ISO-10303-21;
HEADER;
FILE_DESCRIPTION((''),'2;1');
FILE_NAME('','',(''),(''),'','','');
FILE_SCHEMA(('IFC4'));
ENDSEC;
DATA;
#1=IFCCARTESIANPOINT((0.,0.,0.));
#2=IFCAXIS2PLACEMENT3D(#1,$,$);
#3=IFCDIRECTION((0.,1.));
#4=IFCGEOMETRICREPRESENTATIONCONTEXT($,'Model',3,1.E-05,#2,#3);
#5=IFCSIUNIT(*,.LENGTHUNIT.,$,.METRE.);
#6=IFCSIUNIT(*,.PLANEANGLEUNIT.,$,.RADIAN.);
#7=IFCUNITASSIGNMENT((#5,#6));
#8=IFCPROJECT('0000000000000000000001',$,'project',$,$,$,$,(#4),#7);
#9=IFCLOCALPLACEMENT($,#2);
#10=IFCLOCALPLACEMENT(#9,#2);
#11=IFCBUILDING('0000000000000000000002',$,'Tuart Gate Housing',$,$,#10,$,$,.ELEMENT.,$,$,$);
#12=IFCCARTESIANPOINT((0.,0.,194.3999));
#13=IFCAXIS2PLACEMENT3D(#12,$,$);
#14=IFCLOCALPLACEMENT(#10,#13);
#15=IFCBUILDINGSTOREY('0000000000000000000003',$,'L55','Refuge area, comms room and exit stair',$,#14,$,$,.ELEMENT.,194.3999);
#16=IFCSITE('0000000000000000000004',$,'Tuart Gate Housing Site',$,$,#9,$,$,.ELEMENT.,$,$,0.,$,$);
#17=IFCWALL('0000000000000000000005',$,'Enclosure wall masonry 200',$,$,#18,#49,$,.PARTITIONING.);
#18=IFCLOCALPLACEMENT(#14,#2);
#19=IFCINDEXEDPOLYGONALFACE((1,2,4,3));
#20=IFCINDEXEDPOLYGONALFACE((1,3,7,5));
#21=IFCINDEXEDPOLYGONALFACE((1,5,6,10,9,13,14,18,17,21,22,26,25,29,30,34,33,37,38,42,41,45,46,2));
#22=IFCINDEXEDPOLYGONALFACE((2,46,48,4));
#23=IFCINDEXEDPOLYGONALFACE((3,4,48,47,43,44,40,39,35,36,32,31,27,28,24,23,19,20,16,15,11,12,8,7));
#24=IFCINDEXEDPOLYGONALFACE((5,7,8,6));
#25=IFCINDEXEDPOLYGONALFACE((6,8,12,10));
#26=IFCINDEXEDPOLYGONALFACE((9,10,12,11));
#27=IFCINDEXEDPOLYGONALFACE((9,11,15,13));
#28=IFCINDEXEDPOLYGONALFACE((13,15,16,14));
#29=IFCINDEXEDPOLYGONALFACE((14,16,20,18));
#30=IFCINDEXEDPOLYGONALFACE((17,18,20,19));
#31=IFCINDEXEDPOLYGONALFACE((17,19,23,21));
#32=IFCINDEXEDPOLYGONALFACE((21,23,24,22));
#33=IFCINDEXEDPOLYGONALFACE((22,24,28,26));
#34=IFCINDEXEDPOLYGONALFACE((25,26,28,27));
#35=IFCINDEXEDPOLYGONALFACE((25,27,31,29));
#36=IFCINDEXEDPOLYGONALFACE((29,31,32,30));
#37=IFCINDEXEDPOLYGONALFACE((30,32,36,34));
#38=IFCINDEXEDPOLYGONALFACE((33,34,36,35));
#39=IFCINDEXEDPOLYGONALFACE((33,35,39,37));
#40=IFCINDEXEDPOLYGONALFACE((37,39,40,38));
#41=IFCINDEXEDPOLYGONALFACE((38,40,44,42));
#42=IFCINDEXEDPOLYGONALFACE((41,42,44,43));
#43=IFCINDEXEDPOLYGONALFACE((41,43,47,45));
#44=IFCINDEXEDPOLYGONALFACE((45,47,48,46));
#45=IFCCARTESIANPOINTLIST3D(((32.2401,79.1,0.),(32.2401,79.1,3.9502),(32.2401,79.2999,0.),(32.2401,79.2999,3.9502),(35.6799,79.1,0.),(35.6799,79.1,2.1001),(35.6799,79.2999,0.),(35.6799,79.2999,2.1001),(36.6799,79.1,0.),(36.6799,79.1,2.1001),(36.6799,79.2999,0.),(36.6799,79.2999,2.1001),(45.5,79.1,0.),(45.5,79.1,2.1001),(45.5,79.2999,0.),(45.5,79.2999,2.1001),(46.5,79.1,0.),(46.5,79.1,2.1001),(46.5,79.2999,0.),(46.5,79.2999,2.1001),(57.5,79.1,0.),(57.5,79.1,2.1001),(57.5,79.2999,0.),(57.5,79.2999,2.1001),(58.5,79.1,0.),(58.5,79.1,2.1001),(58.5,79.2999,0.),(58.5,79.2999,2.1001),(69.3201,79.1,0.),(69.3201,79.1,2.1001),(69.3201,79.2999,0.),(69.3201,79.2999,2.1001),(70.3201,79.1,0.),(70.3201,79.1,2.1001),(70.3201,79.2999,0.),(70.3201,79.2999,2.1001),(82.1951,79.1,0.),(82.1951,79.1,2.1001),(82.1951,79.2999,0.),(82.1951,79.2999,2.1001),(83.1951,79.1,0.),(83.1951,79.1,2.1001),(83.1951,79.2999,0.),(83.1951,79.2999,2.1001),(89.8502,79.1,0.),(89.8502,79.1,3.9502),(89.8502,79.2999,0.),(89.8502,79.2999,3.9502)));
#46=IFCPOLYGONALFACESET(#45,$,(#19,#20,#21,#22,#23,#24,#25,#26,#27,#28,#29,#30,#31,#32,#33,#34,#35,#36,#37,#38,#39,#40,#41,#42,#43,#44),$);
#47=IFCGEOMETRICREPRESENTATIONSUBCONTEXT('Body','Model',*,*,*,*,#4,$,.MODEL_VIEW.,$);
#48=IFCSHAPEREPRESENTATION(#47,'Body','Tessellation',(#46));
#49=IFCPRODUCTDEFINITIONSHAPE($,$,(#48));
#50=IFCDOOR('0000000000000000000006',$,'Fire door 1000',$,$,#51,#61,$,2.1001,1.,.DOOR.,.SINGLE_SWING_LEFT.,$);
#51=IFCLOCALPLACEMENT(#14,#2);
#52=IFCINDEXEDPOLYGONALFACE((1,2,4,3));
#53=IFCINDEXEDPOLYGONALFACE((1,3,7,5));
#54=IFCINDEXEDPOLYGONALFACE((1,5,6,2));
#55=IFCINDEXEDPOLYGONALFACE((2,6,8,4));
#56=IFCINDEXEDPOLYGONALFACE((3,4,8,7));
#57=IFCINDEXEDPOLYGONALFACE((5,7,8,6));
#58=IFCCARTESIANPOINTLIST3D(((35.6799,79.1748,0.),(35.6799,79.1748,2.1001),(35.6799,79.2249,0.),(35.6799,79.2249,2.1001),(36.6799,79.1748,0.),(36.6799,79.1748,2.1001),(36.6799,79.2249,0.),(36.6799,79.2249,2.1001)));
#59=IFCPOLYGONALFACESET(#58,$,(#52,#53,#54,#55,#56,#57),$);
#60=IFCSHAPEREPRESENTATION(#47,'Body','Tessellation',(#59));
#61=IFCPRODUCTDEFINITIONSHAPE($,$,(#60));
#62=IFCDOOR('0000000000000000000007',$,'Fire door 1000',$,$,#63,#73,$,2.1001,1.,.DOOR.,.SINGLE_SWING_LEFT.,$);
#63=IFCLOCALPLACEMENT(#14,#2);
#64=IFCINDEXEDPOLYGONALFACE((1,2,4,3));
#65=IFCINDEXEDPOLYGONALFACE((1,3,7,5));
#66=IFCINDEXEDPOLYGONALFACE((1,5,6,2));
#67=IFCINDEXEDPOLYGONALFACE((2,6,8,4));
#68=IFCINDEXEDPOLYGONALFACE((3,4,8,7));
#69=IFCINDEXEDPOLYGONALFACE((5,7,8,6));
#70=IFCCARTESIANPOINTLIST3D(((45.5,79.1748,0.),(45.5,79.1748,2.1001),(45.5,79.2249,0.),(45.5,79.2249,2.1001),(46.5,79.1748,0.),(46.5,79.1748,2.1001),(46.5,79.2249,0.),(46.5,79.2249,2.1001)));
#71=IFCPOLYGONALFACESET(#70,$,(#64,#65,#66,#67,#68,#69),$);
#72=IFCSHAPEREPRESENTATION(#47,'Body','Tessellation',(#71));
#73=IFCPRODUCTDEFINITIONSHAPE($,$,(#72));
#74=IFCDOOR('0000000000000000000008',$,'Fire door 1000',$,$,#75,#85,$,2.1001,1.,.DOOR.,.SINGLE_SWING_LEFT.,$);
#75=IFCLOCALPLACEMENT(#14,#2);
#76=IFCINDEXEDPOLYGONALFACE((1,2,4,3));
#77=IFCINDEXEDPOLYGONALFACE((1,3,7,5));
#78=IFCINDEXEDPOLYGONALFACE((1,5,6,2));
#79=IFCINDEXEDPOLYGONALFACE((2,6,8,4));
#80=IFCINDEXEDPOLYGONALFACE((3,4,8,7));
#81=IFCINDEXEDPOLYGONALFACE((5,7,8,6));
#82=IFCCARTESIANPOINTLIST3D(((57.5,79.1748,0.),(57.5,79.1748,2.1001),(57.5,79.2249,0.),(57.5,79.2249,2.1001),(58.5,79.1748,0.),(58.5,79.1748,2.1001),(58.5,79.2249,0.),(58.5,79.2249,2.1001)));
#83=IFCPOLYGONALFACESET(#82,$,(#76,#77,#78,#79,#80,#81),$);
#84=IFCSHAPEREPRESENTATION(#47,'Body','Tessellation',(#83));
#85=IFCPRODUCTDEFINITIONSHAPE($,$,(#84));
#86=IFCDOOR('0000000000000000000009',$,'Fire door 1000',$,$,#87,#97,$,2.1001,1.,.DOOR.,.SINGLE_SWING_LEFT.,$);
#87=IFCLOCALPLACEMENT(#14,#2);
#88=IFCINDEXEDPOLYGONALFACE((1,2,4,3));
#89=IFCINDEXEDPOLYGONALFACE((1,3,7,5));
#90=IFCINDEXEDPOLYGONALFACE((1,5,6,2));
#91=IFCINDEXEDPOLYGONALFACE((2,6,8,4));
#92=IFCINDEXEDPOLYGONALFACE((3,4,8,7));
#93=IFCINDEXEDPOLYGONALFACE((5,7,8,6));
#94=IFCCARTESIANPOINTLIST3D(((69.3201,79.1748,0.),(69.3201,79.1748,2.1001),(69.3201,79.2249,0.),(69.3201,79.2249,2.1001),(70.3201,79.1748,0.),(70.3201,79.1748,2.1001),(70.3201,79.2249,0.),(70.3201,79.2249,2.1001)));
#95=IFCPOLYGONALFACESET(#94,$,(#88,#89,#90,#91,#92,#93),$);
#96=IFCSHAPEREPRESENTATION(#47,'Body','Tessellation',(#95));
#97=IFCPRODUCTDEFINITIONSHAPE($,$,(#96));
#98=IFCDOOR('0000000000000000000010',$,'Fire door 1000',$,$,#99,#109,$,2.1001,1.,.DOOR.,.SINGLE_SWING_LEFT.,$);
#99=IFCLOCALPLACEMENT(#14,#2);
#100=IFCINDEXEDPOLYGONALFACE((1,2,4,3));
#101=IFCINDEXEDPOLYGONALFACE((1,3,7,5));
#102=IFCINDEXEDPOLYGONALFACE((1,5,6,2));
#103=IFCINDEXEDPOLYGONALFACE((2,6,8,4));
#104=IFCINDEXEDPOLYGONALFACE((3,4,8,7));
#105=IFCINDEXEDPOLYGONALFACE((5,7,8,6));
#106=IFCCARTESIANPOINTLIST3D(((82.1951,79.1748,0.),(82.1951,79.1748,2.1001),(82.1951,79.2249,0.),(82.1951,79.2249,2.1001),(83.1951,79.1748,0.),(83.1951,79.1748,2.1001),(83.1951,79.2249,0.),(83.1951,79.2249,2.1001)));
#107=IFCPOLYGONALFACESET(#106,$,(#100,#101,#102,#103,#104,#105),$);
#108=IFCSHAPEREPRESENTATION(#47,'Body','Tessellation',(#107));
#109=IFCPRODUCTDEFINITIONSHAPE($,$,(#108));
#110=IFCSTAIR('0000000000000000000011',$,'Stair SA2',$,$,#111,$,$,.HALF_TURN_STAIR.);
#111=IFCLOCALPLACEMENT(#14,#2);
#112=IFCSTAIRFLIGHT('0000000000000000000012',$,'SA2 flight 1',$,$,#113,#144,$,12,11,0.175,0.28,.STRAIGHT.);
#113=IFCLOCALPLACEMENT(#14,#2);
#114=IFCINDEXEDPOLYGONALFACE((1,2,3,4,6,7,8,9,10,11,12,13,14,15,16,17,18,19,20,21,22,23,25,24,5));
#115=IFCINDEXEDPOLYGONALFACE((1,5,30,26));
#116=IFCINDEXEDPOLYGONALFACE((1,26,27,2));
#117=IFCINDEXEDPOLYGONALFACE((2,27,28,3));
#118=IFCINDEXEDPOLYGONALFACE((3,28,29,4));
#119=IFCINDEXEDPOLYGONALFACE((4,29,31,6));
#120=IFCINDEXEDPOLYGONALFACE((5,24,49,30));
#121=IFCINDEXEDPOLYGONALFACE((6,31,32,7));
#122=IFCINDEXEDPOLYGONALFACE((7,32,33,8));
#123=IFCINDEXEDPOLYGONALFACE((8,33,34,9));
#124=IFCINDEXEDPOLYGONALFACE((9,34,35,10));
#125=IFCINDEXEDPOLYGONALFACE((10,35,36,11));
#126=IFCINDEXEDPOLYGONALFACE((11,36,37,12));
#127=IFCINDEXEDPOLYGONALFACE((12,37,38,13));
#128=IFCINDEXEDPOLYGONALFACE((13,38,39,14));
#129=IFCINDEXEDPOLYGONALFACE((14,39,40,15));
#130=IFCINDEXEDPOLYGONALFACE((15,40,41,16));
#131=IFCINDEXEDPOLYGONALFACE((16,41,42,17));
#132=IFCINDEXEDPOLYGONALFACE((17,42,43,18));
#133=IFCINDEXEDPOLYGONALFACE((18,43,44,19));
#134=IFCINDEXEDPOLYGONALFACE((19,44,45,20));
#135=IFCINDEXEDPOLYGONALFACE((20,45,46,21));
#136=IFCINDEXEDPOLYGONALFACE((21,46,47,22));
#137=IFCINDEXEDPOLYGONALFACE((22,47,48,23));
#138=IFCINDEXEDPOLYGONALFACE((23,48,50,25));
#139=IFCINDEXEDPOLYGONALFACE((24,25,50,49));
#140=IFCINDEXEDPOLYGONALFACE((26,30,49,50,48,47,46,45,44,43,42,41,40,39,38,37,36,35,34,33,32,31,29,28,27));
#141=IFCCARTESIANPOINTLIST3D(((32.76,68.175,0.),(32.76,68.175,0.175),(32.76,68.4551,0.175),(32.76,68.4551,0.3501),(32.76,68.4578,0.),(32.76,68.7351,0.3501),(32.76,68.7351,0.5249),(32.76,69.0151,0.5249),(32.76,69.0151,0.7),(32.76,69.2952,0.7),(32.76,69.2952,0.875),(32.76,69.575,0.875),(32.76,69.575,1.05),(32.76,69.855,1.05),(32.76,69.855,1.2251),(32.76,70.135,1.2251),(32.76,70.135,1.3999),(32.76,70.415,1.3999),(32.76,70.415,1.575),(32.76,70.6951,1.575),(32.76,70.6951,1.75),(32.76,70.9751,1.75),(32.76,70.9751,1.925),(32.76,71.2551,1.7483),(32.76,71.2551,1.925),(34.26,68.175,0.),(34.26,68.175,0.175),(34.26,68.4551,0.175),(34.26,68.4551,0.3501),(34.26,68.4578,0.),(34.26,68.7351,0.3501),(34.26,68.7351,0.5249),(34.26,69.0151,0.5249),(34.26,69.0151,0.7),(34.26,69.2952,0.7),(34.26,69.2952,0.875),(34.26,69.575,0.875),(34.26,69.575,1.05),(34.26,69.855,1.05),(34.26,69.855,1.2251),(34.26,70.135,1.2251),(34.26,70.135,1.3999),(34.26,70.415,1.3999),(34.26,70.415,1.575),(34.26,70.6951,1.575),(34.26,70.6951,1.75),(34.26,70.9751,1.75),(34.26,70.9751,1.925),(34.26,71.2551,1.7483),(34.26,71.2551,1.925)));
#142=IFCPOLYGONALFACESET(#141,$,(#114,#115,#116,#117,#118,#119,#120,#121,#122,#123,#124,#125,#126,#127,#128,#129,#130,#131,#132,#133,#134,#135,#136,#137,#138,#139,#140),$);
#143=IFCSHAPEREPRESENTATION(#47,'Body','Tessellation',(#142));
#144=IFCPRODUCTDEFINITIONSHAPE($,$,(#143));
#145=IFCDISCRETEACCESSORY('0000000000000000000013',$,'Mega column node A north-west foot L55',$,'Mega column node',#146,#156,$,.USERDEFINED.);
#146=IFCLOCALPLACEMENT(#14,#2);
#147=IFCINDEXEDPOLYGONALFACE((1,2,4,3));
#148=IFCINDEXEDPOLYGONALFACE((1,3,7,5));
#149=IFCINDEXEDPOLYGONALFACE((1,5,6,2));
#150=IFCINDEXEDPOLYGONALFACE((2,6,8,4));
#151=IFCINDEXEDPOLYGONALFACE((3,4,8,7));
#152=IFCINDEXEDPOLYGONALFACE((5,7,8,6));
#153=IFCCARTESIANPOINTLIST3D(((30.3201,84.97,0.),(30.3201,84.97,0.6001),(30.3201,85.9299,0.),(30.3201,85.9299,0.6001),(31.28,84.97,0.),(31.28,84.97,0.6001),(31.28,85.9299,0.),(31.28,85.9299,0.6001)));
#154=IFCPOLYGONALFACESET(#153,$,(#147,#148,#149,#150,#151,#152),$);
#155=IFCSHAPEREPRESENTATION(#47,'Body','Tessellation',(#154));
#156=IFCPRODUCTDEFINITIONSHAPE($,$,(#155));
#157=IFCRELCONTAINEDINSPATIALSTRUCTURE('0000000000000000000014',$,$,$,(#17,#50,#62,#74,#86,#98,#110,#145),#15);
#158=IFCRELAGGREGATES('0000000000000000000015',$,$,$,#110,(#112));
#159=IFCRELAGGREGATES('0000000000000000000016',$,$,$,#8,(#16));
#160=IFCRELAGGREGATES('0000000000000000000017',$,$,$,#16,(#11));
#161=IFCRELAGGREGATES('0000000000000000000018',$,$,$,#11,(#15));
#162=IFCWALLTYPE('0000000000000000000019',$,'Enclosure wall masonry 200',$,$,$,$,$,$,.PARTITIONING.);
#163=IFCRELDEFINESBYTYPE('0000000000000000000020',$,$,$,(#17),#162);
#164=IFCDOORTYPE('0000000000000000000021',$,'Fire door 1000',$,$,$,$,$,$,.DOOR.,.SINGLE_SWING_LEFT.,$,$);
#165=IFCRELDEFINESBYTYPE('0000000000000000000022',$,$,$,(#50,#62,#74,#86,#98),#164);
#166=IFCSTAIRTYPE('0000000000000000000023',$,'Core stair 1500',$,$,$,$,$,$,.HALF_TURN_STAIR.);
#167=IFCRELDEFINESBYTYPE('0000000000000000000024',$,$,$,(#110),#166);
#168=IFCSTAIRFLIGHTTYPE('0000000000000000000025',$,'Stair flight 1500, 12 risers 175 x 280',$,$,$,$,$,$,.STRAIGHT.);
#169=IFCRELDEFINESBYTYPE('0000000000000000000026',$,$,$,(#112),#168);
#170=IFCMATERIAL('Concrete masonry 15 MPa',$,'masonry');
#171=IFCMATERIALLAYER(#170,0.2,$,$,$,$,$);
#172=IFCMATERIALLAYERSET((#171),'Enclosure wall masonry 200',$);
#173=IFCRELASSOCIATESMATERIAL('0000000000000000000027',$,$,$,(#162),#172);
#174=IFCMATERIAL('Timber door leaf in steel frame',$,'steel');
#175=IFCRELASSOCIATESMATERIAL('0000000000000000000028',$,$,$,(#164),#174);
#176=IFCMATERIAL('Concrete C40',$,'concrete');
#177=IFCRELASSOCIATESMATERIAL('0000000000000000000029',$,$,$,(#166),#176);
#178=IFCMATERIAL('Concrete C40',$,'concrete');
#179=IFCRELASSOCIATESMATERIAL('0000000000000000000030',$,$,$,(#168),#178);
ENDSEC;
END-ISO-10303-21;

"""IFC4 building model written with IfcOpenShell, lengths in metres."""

from ifc_helpers import new_model, si_unit, direction, frame, frame_2d, origin, origin_2d, place, context, subcontext, project, spatial, polyline, rectangle, outline, extrude, material, layer, layer_set, type_object, element, fill, aggregate, save


model = new_model("IFC4")

# Units and contexts
model_context = context("Model", 3, precision=1e-05, world=origin(), true_north=direction((0.0, 1.0)))
body_context = subcontext(model_context, "Body", "Model", "MODEL_VIEW")
ifc_project = project(units=[si_unit("LENGTHUNIT", "METRE"), si_unit("PLANEANGLEUNIT", "RADIAN")], contexts=[model_context])

# Site, building, storey
site_placement = place(None, origin())
site = spatial("IfcSite", under=ifc_project, at=site_placement, Name="Tuart Gate Housing Site", CompositionType="ELEMENT", RefElevation=0.0)
building_placement = place(site_placement, origin())
building = spatial("IfcBuilding", under=site, at=building_placement, Name="Tuart Gate Housing", CompositionType="ELEMENT")
storey_placement = place(building_placement, frame((0.0, 0.0, 194.3999)))
storey = spatial("IfcBuildingStorey", under=building, at=storey_placement, Name="L55", Description="Refuge area, comms room and exit stair", CompositionType="ELEMENT", Elevation=194.3999)

# Wall, openings, doors
ifc_material_1 = material(Name="Concrete masonry 15 MPa", Category="masonry")
ifc_layer_1 = layer(ifc_material_1, 0.2)
ifc_layer_set_1 = layer_set([ifc_layer_1], Name="Enclosure wall masonry 200")
wall_type_1 = type_object("IfcWallType", Name="Enclosure wall masonry 200", PredefinedType="PARTITIONING", material=ifc_layer_set_1)
wall_1_placement = place(storey_placement, frame((32.24, 79.2, 0.0), z_axis=(0.0, 0.0, 1.0), x_axis=(1.0, 0.0, 0.0)))
wall_1 = element("IfcWall", 1, at=wall_1_placement, inside=storey, type_object=wall_type_1, Name="Enclosure wall masonry 200", PredefinedType="PARTITIONING", context=body_context, shape_type="SweptSolid", body=[
    extrude(rectangle(XDim=57.6101, YDim=0.2, at=frame_2d((28.8052, 0.0))), origin(), (0.0, 0.0, 1.0), 3.9502),
])
opening_1_placement = place(wall_1_placement, frame((3.4399, 0.0, 0.0)))
opening_1 = element("IfcOpeningElement", 2, at=opening_1_placement, cuts=wall_1, PredefinedType="OPENING", context=body_context, shape_type="SweptSolid", body=[
    extrude(rectangle(XDim=1.0, YDim=2.1001, at=frame_2d((0.5, 1.05))), frame((0.0, 0.1099, 0.0), z_axis=(0.0, -1.0, 0.0), x_axis=(1.0, 0.0, 0.0)), (0.0, 0.0, 1.0), 0.22),
])
opening_2_placement = place(wall_1_placement, frame((13.26, 0.0, 0.0)))
opening_2 = element("IfcOpeningElement", 3, at=opening_2_placement, cuts=wall_1, PredefinedType="OPENING", context=body_context, shape_type="SweptSolid", body=[
    extrude(rectangle(XDim=1.0, YDim=2.1001, at=frame_2d((0.5, 1.05))), frame((0.0, 0.1099, 0.0), z_axis=(0.0, -1.0, 0.0), x_axis=(1.0, 0.0, 0.0)), (0.0, 0.0, 1.0), 0.22),
])
opening_3_placement = place(wall_1_placement, frame((25.26, 0.0, 0.0)))
opening_3 = element("IfcOpeningElement", 4, at=opening_3_placement, cuts=wall_1, PredefinedType="OPENING", context=body_context, shape_type="SweptSolid", body=[
    extrude(rectangle(XDim=1.0, YDim=2.1001, at=frame_2d((0.5, 1.05))), frame((0.0, 0.1099, 0.0), z_axis=(0.0, -1.0, 0.0), x_axis=(1.0, 0.0, 0.0)), (0.0, 0.0, 1.0), 0.22),
])
opening_4_placement = place(wall_1_placement, frame((37.0801, 0.0, 0.0)))
opening_4 = element("IfcOpeningElement", 5, at=opening_4_placement, cuts=wall_1, PredefinedType="OPENING", context=body_context, shape_type="SweptSolid", body=[
    extrude(rectangle(XDim=1.0, YDim=2.1001, at=frame_2d((0.5, 1.05))), frame((0.0, 0.1099, 0.0), z_axis=(0.0, -1.0, 0.0), x_axis=(1.0, 0.0, 0.0)), (0.0, 0.0, 1.0), 0.22),
])
opening_5_placement = place(wall_1_placement, frame((49.9551, 0.0, 0.0)))
opening_5 = element("IfcOpeningElement", 6, at=opening_5_placement, cuts=wall_1, PredefinedType="OPENING", context=body_context, shape_type="SweptSolid", body=[
    extrude(rectangle(XDim=1.0, YDim=2.1001, at=frame_2d((0.5, 1.05))), frame((0.0, 0.1099, 0.0), z_axis=(0.0, -1.0, 0.0), x_axis=(1.0, 0.0, 0.0)), (0.0, 0.0, 1.0), 0.22),
])
ifc_material_2 = material(Name="Timber door leaf in steel frame", Category="steel")
door_type = type_object("IfcDoorType", Name="Fire door 1000", OperationType="SINGLE_SWING_LEFT", PredefinedType="DOOR", material=ifc_material_2)
door_1_placement = place(opening_1_placement, origin())
door_1 = element("IfcDoor", 7, at=door_1_placement, inside=storey, type_object=door_type, Name="Fire door 1000", OperationType="SINGLE_SWING_LEFT", OverallHeight=2.1001, OverallWidth=1.0, PredefinedType="DOOR", context=body_context, shape_type="SweptSolid", body=[
    extrude(rectangle(XDim=1.0, YDim=2.1001, at=frame_2d((0.5, 1.05))), frame((0.0, 0.0249, 0.0), z_axis=(0.0, -1.0, 0.0), x_axis=(1.0, 0.0, 0.0)), (0.0, 0.0, 1.0), 0.05),
])
fill(opening_1, door_1)
door_2_placement = place(opening_2_placement, origin())
door_2 = element("IfcDoor", 8, at=door_2_placement, inside=storey, type_object=door_type, Name="Fire door 1000", OperationType="SINGLE_SWING_LEFT", OverallHeight=2.1001, OverallWidth=1.0, PredefinedType="DOOR", context=body_context, shape_type="SweptSolid", body=[
    extrude(rectangle(XDim=1.0, YDim=2.1001, at=frame_2d((0.5, 1.05))), frame((0.0, 0.0249, 0.0), z_axis=(0.0, -1.0, 0.0), x_axis=(1.0, 0.0, 0.0)), (0.0, 0.0, 1.0), 0.05),
])
fill(opening_2, door_2)
door_3_placement = place(opening_3_placement, origin())
door_3 = element("IfcDoor", 9, at=door_3_placement, inside=storey, type_object=door_type, Name="Fire door 1000", OperationType="SINGLE_SWING_LEFT", OverallHeight=2.1001, OverallWidth=1.0, PredefinedType="DOOR", context=body_context, shape_type="SweptSolid", body=[
    extrude(rectangle(XDim=1.0, YDim=2.1001, at=frame_2d((0.5, 1.05))), frame((0.0, 0.0249, 0.0), z_axis=(0.0, -1.0, 0.0), x_axis=(1.0, 0.0, 0.0)), (0.0, 0.0, 1.0), 0.05),
])
fill(opening_3, door_3)
door_4_placement = place(opening_4_placement, origin())
door_4 = element("IfcDoor", 10, at=door_4_placement, inside=storey, type_object=door_type, Name="Fire door 1000", OperationType="SINGLE_SWING_LEFT", OverallHeight=2.1001, OverallWidth=1.0, PredefinedType="DOOR", context=body_context, shape_type="SweptSolid", body=[
    extrude(rectangle(XDim=1.0, YDim=2.1001, at=frame_2d((0.5, 1.05))), frame((0.0, 0.0249, 0.0), z_axis=(0.0, -1.0, 0.0), x_axis=(1.0, 0.0, 0.0)), (0.0, 0.0, 1.0), 0.05),
])
fill(opening_4, door_4)
door_5_placement = place(opening_5_placement, origin())
door_5 = element("IfcDoor", 11, at=door_5_placement, inside=storey, type_object=door_type, Name="Fire door 1000", OperationType="SINGLE_SWING_LEFT", OverallHeight=2.1001, OverallWidth=1.0, PredefinedType="DOOR", context=body_context, shape_type="SweptSolid", body=[
    extrude(rectangle(XDim=1.0, YDim=2.1001, at=frame_2d((0.5, 1.05))), frame((0.0, 0.0249, 0.0), z_axis=(0.0, -1.0, 0.0), x_axis=(1.0, 0.0, 0.0)), (0.0, 0.0, 1.0), 0.05),
])
fill(opening_5, door_5)

# Stair, stair flight
ifc_material_3 = material(Name="Concrete C40", Category="concrete")
stair_type = type_object("IfcStairType", Name="Core stair 1500", PredefinedType="HALF_TURN_STAIR", material=ifc_material_3)
stair_placement = place(storey_placement, origin())
stair = element("IfcStair", 12, at=stair_placement, inside=storey, type_object=stair_type, Name="Stair SA2", PredefinedType="HALF_TURN_STAIR")
ifc_material_4 = material(Name="Concrete C40", Category="concrete")
stair_flight_type = type_object("IfcStairFlightType", Name="Stair flight 1500, 12 risers 175 x 280", PredefinedType="STRAIGHT", material=ifc_material_4)
stair_flight_placement = place(storey_placement, frame((33.51, 68.175, 0.0), z_axis=(0.0, 0.0, 1.0), x_axis=(0.0, 1.0, 0.0)))
stair_flight = element("IfcStairFlight", 13, at=stair_flight_placement, type_object=stair_flight_type, Name="SA2 flight 1", NumberOfRisers=12, NumberOfTreads=11, PredefinedType="STRAIGHT", RiserHeight=0.175, TreadLength=0.28, context=body_context, shape_type="SweptSolid", body=[
    extrude(outline(polyline([(0.0, 0.0), (0.0, 0.175), (0.28, 0.175), (0.28, 0.3501), (0.5601, 0.3501), (0.5601, 0.5249), (0.8401, 0.5249), (0.8401, 0.7), (1.1201, 0.7), (1.1201, 0.875), (1.3999, 0.875), (1.3999, 1.05), (1.6799, 1.05), (1.6799, 1.2251), (1.96, 1.2251), (1.96, 1.3999), (2.24, 1.3999), (2.24, 1.575), (2.52, 1.575), (2.52, 1.75), (2.8, 1.75), (2.8, 1.925), (3.0801, 1.925), (3.0801, 2.1001), (3.0801, 1.7483), (0.2827, 0.0), (0.0, 0.0)])), frame((0.0, 0.75, 0.0), z_axis=(0.0, -1.0, 0.0), x_axis=(1.0, 0.0, 0.0)), (0.0, 0.0, 1.0), 1.5),
])
aggregate(stair, [stair_flight])

# Discrete accessory
discrete_accessory_placement = place(storey_placement, frame((30.8, 85.45, 0.0), z_axis=(0.0, 0.0, 1.0), x_axis=(1.0, 0.0, 0.0)))
element("IfcDiscreteAccessory", 14, at=discrete_accessory_placement, inside=storey, Name="Mega column node A north-west foot L55", ObjectType="Mega column node", PredefinedType="USERDEFINED", context=body_context, shape_type="SweptSolid", body=[
    extrude(rectangle(XDim=0.96, YDim=0.96, at=origin_2d()), origin(), (0.0, 0.0, 1.0), 0.6001),
])

save(model, "model.ifc")
